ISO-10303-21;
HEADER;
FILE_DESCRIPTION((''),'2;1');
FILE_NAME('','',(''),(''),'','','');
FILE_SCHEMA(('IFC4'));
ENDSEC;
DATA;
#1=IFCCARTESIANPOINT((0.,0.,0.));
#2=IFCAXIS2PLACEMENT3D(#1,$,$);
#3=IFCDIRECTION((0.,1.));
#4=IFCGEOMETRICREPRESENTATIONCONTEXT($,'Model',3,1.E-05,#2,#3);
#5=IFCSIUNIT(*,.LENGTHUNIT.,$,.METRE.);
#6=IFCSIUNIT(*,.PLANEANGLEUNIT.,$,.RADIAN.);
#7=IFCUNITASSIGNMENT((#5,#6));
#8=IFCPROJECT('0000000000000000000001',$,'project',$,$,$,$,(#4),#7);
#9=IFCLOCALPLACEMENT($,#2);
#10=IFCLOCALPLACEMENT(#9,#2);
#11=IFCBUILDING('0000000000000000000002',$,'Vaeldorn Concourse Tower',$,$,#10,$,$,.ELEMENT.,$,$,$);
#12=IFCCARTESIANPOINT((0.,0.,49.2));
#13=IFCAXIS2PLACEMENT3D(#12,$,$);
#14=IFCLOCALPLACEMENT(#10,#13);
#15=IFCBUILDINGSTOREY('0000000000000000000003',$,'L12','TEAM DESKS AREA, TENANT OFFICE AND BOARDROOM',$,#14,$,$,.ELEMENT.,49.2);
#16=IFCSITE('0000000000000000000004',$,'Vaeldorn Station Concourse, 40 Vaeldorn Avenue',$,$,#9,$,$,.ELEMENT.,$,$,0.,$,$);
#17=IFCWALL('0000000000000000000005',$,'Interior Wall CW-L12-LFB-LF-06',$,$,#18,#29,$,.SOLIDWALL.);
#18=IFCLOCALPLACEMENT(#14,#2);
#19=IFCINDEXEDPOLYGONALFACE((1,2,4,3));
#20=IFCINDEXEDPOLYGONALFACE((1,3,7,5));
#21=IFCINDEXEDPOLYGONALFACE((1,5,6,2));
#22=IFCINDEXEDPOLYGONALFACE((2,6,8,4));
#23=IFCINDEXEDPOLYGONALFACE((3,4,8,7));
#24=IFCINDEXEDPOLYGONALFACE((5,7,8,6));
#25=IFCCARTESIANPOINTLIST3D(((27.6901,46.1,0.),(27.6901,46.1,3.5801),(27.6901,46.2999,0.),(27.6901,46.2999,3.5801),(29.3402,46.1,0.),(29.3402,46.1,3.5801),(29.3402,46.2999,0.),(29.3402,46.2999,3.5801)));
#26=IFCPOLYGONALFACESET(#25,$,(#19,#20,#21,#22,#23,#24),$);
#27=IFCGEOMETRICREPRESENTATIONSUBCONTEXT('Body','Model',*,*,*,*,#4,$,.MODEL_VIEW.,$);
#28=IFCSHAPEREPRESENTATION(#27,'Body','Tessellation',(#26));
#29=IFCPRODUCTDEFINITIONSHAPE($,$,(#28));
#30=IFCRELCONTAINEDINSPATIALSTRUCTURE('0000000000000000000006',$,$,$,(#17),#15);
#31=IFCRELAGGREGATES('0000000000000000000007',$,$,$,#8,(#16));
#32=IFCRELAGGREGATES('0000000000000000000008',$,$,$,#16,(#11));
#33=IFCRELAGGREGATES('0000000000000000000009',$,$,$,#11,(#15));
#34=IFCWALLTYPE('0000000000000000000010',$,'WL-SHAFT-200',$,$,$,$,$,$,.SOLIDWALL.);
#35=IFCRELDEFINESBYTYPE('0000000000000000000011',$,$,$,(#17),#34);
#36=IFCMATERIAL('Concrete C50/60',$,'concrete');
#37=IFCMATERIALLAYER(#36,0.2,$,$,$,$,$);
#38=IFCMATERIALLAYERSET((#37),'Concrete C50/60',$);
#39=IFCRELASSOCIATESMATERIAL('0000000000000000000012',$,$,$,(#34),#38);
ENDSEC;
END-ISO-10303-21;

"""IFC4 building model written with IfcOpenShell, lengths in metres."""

from ifc_helpers import new_model, si_unit, direction, frame, frame_2d, origin, place, context, subcontext, project, spatial, rectangle, extrude, material, layer, layer_set, type_object, element, save


model = new_model("IFC4")

# Units and contexts
model_context = context("Model", 3, precision=1e-05, world=origin(), true_north=direction((0.0, 1.0)))
body_context = subcontext(model_context, "Body", "Model", "MODEL_VIEW")
ifc_project = project(units=[si_unit("LENGTHUNIT", "METRE"), si_unit("PLANEANGLEUNIT", "RADIAN")], contexts=[model_context])

# Site, building, storey
site_placement = place(None, origin())
site = spatial("IfcSite", under=ifc_project, at=site_placement, Name="Vaeldorn Station Concourse, 40 Vaeldorn Avenue", CompositionType="ELEMENT", RefElevation=0.0)
building_placement = place(site_placement, origin())
building = spatial("IfcBuilding", under=site, at=building_placement, Name="Vaeldorn Concourse Tower", CompositionType="ELEMENT")
storey_placement = place(building_placement, frame((0.0, 0.0, 49.2)))
storey = spatial("IfcBuildingStorey", under=building, at=storey_placement, Name="L12", Description="TEAM DESKS AREA, TENANT OFFICE AND BOARDROOM", CompositionType="ELEMENT", Elevation=49.2)

# Shared definitions
ifc_material_1 = material(Name="Concrete C50/60", Category="concrete")
ifc_layer_1 = layer(ifc_material_1, 0.2)
ifc_layer_set_1 = layer_set([ifc_layer_1], Name="Concrete C50/60")
wall_type_1 = type_object("IfcWallType", Name="WL-SHAFT-200", PredefinedType="SOLIDWALL", material=ifc_layer_set_1)

# Wall
wall_1_placement = place(storey_placement, frame((27.6899, 46.2, 0.0), z_axis=(0.0, 0.0, 1.0), x_axis=(1.0, 0.0, 0.0)))
element("IfcWall", 1, at=wall_1_placement, inside=storey, type_object=wall_type_1, Name="Interior Wall CW-L12-LFB-LF-06", PredefinedType="SOLIDWALL", context=body_context, shape_type="SweptSolid", body=[
    extrude(rectangle(XDim=1.6501, YDim=0.2, at=frame_2d((0.8252, 0.0))), origin(), (0.0, 0.0, 1.0), 3.5801),
])

save(model, "model.ifc")
